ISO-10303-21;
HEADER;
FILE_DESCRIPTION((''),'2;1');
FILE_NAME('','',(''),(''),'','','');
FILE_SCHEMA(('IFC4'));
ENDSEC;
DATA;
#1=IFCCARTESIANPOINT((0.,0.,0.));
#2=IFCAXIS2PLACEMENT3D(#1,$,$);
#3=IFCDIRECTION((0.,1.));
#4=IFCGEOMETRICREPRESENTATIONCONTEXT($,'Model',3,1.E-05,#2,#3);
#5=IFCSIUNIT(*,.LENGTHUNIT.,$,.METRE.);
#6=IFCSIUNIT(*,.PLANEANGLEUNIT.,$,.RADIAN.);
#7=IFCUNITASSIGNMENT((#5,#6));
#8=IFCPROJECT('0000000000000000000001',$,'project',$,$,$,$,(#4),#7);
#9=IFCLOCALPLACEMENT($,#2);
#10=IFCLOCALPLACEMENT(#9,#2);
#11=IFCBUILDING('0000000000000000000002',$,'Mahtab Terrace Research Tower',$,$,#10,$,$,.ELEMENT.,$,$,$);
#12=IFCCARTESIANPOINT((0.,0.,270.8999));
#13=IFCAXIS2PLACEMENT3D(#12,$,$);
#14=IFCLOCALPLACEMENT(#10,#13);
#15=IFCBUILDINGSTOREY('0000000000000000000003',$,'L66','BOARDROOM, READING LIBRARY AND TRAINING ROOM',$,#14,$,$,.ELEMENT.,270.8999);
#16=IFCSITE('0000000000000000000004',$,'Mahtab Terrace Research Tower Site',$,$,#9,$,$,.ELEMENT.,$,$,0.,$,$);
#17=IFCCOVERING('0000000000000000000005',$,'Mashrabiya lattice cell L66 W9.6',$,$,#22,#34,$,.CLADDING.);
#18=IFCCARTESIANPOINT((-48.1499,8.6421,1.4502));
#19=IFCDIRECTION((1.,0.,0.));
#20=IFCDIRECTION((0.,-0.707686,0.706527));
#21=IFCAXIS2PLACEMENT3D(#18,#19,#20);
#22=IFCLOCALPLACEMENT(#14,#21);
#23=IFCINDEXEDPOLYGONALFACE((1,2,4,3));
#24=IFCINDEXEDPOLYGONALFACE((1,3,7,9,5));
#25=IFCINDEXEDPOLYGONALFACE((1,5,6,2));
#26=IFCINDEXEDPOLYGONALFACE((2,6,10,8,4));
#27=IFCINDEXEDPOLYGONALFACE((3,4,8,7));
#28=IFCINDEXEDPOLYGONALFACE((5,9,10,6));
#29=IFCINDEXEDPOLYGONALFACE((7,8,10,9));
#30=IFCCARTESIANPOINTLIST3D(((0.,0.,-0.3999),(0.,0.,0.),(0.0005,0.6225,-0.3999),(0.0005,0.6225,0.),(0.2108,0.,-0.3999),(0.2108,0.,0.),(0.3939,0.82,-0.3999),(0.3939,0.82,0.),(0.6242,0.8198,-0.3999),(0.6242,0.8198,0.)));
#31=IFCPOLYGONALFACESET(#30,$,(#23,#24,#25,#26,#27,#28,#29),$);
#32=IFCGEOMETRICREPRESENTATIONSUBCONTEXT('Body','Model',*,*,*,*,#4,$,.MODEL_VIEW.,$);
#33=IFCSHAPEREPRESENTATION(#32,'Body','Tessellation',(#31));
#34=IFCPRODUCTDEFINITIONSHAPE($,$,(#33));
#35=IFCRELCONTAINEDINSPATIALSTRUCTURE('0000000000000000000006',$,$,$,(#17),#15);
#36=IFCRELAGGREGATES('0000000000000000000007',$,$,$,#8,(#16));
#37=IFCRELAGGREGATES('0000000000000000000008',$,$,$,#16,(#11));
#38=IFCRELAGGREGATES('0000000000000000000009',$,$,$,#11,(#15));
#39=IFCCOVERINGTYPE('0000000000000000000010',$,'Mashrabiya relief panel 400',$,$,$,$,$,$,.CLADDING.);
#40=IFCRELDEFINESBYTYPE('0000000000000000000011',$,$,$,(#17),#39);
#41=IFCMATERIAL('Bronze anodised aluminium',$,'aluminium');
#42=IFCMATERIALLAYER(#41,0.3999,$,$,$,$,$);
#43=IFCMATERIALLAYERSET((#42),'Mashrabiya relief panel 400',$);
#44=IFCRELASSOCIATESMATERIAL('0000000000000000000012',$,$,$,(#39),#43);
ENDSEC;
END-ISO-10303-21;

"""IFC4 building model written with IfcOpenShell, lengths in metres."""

from ifc_helpers import new_model, si_unit, direction, frame, origin, place, context, subcontext, project, spatial, polyline, outline, extrude, material, layer, layer_set, type_object, element, save


model = new_model("IFC4")

# Units and contexts
model_context = context("Model", 3, precision=1e-05, world=origin(), true_north=direction((0.0, 1.0)))
body_context = subcontext(model_context, "Body", "Model", "MODEL_VIEW")
ifc_project = project(units=[si_unit("LENGTHUNIT", "METRE"), si_unit("PLANEANGLEUNIT", "RADIAN")], contexts=[model_context])

# Site, building, storey
site_placement = place(None, origin())
site = spatial("IfcSite", under=ifc_project, at=site_placement, Name="Mahtab Terrace Research Tower Site", CompositionType="ELEMENT", RefElevation=0.0)
building_placement = place(site_placement, origin())
building = spatial("IfcBuilding", under=site, at=building_placement, Name="Mahtab Terrace Research Tower", CompositionType="ELEMENT")
storey_placement = place(building_placement, frame((0.0, 0.0, 270.8999)))
storey = spatial("IfcBuildingStorey", under=building, at=storey_placement, Name="L66", Description="BOARDROOM, READING LIBRARY AND TRAINING ROOM", CompositionType="ELEMENT", Elevation=270.8999)

# Covering
ifc_material_1 = material(Name="Bronze anodised aluminium", Category="aluminium")
ifc_layer_1 = layer(ifc_material_1, 0.3999)
ifc_layer_set_1 = layer_set([ifc_layer_1], Name="Mashrabiya relief panel 400")
covering_type = type_object("IfcCoveringType", Name="Mashrabiya relief panel 400", PredefinedType="CLADDING", material=ifc_layer_set_1)
covering_1_placement = place(storey_placement, frame((-48.1499, 8.6421, 1.4502), z_axis=(1.0, 0.0, 0.0), x_axis=(0.0, -0.707686, 0.706527)))
element("IfcCovering", 1, at=covering_1_placement, inside=storey, type_object=covering_type, Name="Mashrabiya lattice cell L66 W9.6", PredefinedType="CLADDING", context=body_context, shape_type="SweptSolid", body=[
    extrude(outline(polyline([(0.0, 0.0), (0.2108, 0.0), (0.6242, 0.8198), (0.3939, 0.82), (0.0005, 0.6225), (0.0, 0.0)])), origin(), (0.0, 0.0, -1.0), 0.3999),
])

save(model, "model.ifc")
